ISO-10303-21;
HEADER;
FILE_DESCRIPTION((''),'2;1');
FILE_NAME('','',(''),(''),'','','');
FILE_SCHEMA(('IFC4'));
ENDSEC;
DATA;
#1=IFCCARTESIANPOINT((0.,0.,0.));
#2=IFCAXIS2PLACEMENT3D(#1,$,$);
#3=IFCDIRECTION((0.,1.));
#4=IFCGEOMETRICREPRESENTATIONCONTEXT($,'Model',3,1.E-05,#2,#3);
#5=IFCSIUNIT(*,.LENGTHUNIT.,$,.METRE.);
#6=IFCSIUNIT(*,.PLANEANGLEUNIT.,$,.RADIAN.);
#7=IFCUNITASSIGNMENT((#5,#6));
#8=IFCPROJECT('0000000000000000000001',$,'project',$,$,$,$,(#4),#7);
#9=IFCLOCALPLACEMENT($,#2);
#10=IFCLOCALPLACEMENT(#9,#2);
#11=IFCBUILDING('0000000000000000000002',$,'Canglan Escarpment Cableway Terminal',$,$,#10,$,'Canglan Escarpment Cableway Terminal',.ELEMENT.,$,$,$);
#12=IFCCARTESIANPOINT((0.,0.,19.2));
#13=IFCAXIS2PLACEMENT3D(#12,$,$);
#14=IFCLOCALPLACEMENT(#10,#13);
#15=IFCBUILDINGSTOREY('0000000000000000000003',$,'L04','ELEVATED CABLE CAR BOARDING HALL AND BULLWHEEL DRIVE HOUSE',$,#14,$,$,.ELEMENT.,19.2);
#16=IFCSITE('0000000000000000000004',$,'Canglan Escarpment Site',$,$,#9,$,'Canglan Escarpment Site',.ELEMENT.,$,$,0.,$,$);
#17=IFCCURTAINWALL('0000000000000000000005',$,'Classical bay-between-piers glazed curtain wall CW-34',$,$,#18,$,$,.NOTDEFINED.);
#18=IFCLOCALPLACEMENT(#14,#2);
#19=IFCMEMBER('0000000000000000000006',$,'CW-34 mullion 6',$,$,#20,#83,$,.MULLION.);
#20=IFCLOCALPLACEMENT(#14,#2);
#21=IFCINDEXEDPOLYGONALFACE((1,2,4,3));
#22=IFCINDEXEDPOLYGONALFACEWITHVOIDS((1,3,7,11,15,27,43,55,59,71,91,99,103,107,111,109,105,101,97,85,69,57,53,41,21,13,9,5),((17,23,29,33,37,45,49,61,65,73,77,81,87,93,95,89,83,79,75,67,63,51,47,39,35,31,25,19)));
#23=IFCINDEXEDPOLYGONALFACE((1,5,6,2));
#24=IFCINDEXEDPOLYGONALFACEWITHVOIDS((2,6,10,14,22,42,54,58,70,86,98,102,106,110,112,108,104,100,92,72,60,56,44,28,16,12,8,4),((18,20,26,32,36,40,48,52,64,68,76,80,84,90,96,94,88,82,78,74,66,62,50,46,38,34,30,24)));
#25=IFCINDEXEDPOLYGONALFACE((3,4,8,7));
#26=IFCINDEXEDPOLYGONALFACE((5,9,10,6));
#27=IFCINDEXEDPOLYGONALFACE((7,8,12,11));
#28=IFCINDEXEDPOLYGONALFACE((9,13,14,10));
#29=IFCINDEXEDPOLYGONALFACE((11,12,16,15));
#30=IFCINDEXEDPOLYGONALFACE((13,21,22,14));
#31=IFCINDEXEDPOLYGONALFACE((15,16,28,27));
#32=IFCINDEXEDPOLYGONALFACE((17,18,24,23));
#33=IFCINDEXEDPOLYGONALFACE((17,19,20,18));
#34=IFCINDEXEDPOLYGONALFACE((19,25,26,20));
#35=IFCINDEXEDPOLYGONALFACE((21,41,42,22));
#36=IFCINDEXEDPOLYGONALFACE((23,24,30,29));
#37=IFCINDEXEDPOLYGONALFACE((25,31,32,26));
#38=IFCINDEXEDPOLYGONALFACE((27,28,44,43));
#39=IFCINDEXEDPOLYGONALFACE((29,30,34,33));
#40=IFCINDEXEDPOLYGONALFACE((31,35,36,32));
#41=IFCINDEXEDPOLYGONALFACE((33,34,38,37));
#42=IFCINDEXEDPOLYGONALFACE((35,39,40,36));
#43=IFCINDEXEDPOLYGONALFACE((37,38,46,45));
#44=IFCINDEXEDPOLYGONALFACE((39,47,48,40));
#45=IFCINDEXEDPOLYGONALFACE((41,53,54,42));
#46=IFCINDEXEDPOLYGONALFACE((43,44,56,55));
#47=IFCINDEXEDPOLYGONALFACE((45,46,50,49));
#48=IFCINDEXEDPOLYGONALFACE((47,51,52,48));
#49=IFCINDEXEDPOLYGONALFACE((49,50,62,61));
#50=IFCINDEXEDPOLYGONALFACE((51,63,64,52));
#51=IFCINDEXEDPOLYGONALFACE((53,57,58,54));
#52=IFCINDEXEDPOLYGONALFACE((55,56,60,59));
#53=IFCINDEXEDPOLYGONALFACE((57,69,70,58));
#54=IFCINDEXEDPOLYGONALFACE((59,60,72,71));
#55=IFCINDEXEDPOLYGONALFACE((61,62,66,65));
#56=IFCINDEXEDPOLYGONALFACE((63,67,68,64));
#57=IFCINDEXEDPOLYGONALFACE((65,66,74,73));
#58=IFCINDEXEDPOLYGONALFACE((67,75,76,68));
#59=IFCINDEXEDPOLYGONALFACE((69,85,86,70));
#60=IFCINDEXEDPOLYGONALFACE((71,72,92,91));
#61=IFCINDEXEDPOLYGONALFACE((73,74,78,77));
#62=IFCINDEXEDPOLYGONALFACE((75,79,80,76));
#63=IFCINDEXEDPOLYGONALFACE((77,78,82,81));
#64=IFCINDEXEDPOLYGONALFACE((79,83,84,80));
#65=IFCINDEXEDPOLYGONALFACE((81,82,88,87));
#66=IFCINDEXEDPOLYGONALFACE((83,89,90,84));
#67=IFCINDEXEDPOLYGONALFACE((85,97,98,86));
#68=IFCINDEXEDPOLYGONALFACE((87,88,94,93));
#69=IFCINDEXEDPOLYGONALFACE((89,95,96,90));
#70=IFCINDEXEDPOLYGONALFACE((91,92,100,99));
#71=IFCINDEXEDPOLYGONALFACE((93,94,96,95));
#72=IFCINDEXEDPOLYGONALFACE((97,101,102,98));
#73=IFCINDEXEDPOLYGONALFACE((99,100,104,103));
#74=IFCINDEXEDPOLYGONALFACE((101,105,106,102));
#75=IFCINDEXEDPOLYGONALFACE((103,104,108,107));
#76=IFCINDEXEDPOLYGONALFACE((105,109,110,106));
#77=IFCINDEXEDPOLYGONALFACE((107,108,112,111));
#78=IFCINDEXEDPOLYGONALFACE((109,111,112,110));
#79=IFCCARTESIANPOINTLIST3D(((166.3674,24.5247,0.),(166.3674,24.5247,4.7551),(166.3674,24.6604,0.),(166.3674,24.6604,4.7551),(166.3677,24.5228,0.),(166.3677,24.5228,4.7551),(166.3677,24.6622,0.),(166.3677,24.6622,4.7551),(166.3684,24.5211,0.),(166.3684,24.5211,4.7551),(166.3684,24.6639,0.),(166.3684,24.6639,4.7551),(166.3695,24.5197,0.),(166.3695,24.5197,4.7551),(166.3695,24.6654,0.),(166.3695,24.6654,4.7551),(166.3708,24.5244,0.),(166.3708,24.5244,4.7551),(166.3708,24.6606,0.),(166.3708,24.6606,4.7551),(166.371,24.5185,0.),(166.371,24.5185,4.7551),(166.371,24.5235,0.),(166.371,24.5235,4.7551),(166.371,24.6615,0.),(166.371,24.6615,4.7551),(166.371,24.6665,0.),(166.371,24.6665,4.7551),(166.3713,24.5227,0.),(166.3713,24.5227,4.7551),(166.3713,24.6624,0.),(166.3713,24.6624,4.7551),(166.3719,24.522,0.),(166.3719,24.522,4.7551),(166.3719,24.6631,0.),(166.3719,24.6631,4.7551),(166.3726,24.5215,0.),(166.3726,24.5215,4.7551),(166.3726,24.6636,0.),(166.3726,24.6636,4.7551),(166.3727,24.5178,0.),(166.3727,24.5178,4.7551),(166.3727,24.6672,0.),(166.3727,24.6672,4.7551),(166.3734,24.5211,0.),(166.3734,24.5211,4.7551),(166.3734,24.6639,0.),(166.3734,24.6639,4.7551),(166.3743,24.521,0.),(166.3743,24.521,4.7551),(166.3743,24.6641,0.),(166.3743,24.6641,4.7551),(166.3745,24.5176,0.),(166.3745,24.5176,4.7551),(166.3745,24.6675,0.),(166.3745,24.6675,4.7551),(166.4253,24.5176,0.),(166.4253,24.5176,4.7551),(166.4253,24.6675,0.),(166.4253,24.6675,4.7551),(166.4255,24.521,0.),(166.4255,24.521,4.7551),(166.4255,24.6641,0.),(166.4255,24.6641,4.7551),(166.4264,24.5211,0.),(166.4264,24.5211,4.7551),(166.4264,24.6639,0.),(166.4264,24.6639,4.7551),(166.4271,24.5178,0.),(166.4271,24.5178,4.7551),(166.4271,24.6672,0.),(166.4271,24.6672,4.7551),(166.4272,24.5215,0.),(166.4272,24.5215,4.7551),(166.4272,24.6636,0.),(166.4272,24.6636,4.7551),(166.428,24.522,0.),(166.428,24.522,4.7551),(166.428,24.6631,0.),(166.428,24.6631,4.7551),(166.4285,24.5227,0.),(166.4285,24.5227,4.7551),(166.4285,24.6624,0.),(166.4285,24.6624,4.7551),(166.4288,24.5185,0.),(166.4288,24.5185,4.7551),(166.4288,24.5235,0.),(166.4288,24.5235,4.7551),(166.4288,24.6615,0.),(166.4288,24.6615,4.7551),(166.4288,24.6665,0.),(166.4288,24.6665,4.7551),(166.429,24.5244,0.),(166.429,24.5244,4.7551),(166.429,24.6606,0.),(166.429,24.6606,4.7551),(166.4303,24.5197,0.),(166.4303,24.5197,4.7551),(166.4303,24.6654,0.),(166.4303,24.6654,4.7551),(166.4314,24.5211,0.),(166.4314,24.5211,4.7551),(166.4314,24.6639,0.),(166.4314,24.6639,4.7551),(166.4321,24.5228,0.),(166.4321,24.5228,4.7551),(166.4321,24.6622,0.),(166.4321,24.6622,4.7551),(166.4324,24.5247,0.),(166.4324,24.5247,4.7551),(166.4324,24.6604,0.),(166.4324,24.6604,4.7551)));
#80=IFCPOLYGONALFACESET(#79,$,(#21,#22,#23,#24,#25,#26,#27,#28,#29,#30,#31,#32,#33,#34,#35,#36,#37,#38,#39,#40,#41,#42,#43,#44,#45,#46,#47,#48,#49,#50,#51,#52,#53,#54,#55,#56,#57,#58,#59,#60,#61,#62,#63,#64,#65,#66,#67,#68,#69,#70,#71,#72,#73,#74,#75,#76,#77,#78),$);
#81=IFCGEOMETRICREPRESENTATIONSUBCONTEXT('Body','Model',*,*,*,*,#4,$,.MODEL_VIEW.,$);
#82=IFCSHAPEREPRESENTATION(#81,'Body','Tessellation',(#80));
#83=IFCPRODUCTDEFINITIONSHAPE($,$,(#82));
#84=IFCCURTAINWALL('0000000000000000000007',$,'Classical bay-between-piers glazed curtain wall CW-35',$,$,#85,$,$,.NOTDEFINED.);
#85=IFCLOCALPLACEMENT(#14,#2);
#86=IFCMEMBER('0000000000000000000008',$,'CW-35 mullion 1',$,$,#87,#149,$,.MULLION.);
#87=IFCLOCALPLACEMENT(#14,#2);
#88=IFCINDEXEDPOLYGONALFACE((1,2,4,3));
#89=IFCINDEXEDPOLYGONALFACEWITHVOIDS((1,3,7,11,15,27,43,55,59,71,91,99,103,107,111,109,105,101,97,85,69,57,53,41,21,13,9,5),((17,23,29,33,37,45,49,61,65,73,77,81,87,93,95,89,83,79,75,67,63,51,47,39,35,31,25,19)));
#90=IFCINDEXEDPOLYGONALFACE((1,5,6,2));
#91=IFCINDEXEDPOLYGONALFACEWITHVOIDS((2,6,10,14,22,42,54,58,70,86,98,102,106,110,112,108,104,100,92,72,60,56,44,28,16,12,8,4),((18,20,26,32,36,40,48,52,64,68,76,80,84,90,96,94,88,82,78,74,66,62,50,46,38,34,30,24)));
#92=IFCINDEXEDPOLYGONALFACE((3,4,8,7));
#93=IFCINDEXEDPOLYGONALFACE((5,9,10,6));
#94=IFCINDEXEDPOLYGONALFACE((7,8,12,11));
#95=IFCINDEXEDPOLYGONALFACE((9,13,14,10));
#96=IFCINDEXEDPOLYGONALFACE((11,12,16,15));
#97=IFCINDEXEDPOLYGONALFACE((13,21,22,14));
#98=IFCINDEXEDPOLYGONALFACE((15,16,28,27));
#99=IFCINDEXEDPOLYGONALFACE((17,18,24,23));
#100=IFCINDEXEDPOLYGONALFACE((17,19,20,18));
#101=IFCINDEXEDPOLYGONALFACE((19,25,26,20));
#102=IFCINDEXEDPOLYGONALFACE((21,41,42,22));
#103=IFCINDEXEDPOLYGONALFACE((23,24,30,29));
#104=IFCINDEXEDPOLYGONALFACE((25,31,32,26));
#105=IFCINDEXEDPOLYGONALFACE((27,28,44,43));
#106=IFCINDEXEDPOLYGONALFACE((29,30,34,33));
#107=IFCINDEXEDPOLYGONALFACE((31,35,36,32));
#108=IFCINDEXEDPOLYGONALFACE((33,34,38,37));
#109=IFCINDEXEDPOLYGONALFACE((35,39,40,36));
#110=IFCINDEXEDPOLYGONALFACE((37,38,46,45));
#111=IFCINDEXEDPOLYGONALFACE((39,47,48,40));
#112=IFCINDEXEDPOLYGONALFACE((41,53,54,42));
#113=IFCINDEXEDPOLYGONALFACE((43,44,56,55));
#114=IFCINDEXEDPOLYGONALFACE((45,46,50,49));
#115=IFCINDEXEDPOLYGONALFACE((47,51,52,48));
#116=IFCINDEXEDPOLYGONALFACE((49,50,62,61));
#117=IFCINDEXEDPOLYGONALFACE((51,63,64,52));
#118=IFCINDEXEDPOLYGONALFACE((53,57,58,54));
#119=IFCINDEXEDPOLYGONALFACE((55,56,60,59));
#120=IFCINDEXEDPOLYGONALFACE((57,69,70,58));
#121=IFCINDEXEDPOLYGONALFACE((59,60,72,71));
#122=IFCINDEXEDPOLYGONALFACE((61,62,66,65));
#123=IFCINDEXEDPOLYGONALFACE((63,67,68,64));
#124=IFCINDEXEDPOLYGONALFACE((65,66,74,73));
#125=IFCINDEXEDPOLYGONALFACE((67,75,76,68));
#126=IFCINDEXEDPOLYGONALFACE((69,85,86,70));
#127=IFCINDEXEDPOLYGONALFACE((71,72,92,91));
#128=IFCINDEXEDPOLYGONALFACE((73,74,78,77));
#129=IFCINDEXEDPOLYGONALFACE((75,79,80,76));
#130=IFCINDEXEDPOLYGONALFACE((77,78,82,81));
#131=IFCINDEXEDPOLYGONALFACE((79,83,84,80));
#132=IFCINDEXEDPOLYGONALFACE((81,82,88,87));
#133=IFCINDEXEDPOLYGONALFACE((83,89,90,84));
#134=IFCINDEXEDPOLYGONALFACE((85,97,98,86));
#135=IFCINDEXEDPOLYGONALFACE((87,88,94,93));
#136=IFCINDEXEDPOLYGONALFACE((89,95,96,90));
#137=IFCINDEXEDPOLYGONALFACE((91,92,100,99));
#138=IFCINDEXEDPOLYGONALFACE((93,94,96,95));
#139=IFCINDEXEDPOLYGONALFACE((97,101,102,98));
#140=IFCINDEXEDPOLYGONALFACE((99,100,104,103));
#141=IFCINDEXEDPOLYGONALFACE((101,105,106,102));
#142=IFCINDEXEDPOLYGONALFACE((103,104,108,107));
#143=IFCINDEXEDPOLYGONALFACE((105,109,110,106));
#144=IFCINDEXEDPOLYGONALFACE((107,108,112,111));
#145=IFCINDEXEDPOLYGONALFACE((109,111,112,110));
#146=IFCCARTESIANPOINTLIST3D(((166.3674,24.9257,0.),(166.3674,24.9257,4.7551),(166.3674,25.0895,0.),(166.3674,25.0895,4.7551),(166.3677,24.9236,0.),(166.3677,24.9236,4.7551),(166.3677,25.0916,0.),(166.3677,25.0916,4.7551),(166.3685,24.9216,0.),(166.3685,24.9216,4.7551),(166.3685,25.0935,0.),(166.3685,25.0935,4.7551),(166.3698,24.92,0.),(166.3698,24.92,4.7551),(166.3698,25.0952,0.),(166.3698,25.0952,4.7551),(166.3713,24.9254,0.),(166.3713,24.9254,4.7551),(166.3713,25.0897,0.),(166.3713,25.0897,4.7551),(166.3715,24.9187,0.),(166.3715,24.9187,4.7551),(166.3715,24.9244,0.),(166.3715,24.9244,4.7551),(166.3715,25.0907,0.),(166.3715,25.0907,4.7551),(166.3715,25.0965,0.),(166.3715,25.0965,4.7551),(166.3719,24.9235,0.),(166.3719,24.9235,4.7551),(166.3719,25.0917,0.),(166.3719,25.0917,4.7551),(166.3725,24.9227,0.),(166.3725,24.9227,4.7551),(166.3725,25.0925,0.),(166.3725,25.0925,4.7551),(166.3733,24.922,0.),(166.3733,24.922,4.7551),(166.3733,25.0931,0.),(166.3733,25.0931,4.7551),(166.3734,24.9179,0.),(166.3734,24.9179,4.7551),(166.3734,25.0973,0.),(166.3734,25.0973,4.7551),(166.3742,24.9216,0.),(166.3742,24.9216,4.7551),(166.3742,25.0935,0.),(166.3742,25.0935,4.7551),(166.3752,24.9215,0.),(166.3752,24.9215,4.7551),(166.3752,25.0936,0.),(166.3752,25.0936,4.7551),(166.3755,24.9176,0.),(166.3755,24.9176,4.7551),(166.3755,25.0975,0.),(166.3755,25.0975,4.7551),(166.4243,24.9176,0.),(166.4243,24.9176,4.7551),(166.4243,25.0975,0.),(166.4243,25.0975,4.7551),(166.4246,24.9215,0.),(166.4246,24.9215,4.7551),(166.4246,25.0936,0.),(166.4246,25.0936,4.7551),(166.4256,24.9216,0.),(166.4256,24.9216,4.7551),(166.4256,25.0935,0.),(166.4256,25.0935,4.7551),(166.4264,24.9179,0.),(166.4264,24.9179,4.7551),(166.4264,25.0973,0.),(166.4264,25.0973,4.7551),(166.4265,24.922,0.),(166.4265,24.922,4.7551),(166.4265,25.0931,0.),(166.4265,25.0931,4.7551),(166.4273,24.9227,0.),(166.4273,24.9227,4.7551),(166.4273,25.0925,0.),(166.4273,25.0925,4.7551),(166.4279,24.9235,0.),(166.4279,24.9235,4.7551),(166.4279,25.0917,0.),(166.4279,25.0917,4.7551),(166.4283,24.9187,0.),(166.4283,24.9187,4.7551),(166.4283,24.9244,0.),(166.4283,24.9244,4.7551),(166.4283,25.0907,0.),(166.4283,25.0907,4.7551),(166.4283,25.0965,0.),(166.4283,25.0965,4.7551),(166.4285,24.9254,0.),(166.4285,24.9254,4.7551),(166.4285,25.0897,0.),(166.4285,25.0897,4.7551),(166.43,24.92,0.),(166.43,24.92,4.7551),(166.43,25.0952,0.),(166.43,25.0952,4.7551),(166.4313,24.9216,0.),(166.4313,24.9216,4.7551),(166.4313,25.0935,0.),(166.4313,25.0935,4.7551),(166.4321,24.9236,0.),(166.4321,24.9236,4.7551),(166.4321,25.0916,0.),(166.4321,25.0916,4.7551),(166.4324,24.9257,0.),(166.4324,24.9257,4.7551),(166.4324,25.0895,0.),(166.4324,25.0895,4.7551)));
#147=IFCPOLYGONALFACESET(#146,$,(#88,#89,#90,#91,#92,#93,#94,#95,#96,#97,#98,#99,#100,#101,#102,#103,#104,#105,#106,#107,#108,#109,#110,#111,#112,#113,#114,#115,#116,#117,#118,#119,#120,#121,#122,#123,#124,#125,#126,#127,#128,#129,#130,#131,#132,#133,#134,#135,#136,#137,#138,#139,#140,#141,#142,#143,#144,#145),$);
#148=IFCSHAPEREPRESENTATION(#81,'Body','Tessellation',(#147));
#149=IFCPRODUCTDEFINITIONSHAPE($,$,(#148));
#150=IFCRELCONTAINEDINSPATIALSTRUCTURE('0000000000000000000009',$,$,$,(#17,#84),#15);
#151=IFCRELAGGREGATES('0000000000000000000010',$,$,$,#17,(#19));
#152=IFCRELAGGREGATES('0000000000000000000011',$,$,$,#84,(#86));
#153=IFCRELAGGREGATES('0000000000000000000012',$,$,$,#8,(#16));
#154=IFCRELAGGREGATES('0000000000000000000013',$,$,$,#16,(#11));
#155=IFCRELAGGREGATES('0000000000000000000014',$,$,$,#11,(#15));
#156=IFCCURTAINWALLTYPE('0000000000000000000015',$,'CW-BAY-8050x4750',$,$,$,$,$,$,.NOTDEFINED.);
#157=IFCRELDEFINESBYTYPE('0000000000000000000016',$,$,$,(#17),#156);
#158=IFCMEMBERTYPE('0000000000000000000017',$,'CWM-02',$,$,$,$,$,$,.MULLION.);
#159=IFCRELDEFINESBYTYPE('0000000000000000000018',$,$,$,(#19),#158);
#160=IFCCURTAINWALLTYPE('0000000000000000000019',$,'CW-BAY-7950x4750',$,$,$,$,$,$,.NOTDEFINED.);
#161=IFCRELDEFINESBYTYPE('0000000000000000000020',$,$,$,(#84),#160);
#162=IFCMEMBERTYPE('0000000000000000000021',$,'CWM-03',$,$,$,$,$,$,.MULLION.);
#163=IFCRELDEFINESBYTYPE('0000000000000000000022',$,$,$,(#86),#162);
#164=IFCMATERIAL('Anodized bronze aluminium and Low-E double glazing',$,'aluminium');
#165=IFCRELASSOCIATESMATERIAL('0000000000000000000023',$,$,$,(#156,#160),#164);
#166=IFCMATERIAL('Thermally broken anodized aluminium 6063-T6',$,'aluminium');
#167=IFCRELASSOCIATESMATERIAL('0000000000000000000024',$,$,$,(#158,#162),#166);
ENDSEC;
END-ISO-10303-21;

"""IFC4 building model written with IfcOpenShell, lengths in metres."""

from ifc_helpers import new_model, si_unit, direction, frame, origin, origin_2d, place, context, subcontext, project, spatial, hollow_rectangle, extrude, material, material_profile, profile_set, type_object, element, aggregate, save


model = new_model("IFC4")

# Units and contexts
model_context = context("Model", 3, precision=1e-05, world=origin(), true_north=direction((0.0, 1.0)))
body_context = subcontext(model_context, "Body", "Model", "MODEL_VIEW")
ifc_project = project(units=[si_unit("LENGTHUNIT", "METRE"), si_unit("PLANEANGLEUNIT", "RADIAN")], contexts=[model_context])

# Site, building, storey
site_placement = place(None, origin())
site = spatial("IfcSite", under=ifc_project, at=site_placement, Name="Canglan Escarpment Site", LongName="Canglan Escarpment Site", CompositionType="ELEMENT", RefElevation=0.0)
building_placement = place(site_placement, origin())
building = spatial("IfcBuilding", under=site, at=building_placement, Name="Canglan Escarpment Cableway Terminal", LongName="Canglan Escarpment Cableway Terminal", CompositionType="ELEMENT")
storey_placement = place(building_placement, frame((0.0, 0.0, 19.2)))
storey = spatial("IfcBuildingStorey", under=building, at=storey_placement, Name="L04", Description="ELEVATED CABLE CAR BOARDING HALL AND BULLWHEEL DRIVE HOUSE", CompositionType="ELEMENT", Elevation=19.2)

# Curtain wall, member
ifc_material_1 = material(Name="Anodized bronze aluminium and Low-E double glazing", Category="aluminium")
curtain_wall_type_1 = type_object("IfcCurtainWallType", Name="CW-BAY-8050x4750", PredefinedType="NOTDEFINED", material=ifc_material_1)
curtain_wall_1_placement = place(storey_placement, origin())
curtain_wall_1 = element("IfcCurtainWall", 1, at=curtain_wall_1_placement, inside=storey, type_object=curtain_wall_type_1, Name="Classical bay-between-piers glazed curtain wall CW-34", PredefinedType="NOTDEFINED")
ifc_material_2 = material(Name="Thermally broken anodized aluminium 6063-T6", Category="aluminium")
ifc_material_profile_1 = material_profile(ifc_material_2, hollow_rectangle(XDim=0.0649, YDim=0.1499, WallThickness=0.0034, InnerFilletRadius=0.0034, OuterFilletRadius=0.0071, at=origin_2d()), Name="ALU-MULL 65x150x3.5")
ifc_profile_set_1 = profile_set([ifc_material_profile_1], Name="Thermally broken anodized aluminium 6063-T6")
member_type_1 = type_object("IfcMemberType", Name="CWM-02", PredefinedType="MULLION", material=ifc_profile_set_1)
member_1_placement = place(storey_placement, frame((166.3999, 24.5925, 0.0), z_axis=(0.0, 0.0, 1.0), x_axis=(-1.0, 0.0, 0.0)))
member_1 = element("IfcMember", 2, at=member_1_placement, type_object=member_type_1, Name="CW-34 mullion 6", PredefinedType="MULLION", context=body_context, shape_type="SweptSolid", body=[
    extrude(hollow_rectangle(XDim=0.0649, YDim=0.1499, WallThickness=0.0034, InnerFilletRadius=0.0034, OuterFilletRadius=0.0071, at=origin_2d()), origin(), (0.0, 0.0, 1.0), 4.7551),
])

# Curtain wall, member
curtain_wall_type_2 = type_object("IfcCurtainWallType", Name="CW-BAY-7950x4750", PredefinedType="NOTDEFINED", material=ifc_material_1)
curtain_wall_2_placement = place(storey_placement, origin())
curtain_wall_2 = element("IfcCurtainWall", 3, at=curtain_wall_2_placement, inside=storey, type_object=curtain_wall_type_2, Name="Classical bay-between-piers glazed curtain wall CW-35", PredefinedType="NOTDEFINED")
ifc_material_profile_2 = material_profile(ifc_material_2, hollow_rectangle(XDim=0.0649, YDim=0.1799, WallThickness=0.0039, InnerFilletRadius=0.0039, OuterFilletRadius=0.0081, at=origin_2d()), Name="ALU-MULL 65x180x4")
ifc_profile_set_2 = profile_set([ifc_material_profile_2], Name="Thermally broken anodized aluminium 6063-T6")
member_type_2 = type_object("IfcMemberType", Name="CWM-03", PredefinedType="MULLION", material=ifc_profile_set_2)
member_2_placement = place(storey_placement, frame((166.3999, 25.0076, 0.0), z_axis=(0.0, 0.0, 1.0), x_axis=(-1.0, 0.0, 0.0)))
member_2 = element("IfcMember", 4, at=member_2_placement, type_object=member_type_2, Name="CW-35 mullion 1", PredefinedType="MULLION", context=body_context, shape_type="SweptSolid", body=[
    extrude(hollow_rectangle(XDim=0.0649, YDim=0.1799, WallThickness=0.0039, InnerFilletRadius=0.0039, OuterFilletRadius=0.0081, at=origin_2d()), origin(), (0.0, 0.0, 1.0), 4.7551),
])

aggregate(curtain_wall_1, [member_1])
aggregate(curtain_wall_2, [member_2])

save(model, "model.ifc")
